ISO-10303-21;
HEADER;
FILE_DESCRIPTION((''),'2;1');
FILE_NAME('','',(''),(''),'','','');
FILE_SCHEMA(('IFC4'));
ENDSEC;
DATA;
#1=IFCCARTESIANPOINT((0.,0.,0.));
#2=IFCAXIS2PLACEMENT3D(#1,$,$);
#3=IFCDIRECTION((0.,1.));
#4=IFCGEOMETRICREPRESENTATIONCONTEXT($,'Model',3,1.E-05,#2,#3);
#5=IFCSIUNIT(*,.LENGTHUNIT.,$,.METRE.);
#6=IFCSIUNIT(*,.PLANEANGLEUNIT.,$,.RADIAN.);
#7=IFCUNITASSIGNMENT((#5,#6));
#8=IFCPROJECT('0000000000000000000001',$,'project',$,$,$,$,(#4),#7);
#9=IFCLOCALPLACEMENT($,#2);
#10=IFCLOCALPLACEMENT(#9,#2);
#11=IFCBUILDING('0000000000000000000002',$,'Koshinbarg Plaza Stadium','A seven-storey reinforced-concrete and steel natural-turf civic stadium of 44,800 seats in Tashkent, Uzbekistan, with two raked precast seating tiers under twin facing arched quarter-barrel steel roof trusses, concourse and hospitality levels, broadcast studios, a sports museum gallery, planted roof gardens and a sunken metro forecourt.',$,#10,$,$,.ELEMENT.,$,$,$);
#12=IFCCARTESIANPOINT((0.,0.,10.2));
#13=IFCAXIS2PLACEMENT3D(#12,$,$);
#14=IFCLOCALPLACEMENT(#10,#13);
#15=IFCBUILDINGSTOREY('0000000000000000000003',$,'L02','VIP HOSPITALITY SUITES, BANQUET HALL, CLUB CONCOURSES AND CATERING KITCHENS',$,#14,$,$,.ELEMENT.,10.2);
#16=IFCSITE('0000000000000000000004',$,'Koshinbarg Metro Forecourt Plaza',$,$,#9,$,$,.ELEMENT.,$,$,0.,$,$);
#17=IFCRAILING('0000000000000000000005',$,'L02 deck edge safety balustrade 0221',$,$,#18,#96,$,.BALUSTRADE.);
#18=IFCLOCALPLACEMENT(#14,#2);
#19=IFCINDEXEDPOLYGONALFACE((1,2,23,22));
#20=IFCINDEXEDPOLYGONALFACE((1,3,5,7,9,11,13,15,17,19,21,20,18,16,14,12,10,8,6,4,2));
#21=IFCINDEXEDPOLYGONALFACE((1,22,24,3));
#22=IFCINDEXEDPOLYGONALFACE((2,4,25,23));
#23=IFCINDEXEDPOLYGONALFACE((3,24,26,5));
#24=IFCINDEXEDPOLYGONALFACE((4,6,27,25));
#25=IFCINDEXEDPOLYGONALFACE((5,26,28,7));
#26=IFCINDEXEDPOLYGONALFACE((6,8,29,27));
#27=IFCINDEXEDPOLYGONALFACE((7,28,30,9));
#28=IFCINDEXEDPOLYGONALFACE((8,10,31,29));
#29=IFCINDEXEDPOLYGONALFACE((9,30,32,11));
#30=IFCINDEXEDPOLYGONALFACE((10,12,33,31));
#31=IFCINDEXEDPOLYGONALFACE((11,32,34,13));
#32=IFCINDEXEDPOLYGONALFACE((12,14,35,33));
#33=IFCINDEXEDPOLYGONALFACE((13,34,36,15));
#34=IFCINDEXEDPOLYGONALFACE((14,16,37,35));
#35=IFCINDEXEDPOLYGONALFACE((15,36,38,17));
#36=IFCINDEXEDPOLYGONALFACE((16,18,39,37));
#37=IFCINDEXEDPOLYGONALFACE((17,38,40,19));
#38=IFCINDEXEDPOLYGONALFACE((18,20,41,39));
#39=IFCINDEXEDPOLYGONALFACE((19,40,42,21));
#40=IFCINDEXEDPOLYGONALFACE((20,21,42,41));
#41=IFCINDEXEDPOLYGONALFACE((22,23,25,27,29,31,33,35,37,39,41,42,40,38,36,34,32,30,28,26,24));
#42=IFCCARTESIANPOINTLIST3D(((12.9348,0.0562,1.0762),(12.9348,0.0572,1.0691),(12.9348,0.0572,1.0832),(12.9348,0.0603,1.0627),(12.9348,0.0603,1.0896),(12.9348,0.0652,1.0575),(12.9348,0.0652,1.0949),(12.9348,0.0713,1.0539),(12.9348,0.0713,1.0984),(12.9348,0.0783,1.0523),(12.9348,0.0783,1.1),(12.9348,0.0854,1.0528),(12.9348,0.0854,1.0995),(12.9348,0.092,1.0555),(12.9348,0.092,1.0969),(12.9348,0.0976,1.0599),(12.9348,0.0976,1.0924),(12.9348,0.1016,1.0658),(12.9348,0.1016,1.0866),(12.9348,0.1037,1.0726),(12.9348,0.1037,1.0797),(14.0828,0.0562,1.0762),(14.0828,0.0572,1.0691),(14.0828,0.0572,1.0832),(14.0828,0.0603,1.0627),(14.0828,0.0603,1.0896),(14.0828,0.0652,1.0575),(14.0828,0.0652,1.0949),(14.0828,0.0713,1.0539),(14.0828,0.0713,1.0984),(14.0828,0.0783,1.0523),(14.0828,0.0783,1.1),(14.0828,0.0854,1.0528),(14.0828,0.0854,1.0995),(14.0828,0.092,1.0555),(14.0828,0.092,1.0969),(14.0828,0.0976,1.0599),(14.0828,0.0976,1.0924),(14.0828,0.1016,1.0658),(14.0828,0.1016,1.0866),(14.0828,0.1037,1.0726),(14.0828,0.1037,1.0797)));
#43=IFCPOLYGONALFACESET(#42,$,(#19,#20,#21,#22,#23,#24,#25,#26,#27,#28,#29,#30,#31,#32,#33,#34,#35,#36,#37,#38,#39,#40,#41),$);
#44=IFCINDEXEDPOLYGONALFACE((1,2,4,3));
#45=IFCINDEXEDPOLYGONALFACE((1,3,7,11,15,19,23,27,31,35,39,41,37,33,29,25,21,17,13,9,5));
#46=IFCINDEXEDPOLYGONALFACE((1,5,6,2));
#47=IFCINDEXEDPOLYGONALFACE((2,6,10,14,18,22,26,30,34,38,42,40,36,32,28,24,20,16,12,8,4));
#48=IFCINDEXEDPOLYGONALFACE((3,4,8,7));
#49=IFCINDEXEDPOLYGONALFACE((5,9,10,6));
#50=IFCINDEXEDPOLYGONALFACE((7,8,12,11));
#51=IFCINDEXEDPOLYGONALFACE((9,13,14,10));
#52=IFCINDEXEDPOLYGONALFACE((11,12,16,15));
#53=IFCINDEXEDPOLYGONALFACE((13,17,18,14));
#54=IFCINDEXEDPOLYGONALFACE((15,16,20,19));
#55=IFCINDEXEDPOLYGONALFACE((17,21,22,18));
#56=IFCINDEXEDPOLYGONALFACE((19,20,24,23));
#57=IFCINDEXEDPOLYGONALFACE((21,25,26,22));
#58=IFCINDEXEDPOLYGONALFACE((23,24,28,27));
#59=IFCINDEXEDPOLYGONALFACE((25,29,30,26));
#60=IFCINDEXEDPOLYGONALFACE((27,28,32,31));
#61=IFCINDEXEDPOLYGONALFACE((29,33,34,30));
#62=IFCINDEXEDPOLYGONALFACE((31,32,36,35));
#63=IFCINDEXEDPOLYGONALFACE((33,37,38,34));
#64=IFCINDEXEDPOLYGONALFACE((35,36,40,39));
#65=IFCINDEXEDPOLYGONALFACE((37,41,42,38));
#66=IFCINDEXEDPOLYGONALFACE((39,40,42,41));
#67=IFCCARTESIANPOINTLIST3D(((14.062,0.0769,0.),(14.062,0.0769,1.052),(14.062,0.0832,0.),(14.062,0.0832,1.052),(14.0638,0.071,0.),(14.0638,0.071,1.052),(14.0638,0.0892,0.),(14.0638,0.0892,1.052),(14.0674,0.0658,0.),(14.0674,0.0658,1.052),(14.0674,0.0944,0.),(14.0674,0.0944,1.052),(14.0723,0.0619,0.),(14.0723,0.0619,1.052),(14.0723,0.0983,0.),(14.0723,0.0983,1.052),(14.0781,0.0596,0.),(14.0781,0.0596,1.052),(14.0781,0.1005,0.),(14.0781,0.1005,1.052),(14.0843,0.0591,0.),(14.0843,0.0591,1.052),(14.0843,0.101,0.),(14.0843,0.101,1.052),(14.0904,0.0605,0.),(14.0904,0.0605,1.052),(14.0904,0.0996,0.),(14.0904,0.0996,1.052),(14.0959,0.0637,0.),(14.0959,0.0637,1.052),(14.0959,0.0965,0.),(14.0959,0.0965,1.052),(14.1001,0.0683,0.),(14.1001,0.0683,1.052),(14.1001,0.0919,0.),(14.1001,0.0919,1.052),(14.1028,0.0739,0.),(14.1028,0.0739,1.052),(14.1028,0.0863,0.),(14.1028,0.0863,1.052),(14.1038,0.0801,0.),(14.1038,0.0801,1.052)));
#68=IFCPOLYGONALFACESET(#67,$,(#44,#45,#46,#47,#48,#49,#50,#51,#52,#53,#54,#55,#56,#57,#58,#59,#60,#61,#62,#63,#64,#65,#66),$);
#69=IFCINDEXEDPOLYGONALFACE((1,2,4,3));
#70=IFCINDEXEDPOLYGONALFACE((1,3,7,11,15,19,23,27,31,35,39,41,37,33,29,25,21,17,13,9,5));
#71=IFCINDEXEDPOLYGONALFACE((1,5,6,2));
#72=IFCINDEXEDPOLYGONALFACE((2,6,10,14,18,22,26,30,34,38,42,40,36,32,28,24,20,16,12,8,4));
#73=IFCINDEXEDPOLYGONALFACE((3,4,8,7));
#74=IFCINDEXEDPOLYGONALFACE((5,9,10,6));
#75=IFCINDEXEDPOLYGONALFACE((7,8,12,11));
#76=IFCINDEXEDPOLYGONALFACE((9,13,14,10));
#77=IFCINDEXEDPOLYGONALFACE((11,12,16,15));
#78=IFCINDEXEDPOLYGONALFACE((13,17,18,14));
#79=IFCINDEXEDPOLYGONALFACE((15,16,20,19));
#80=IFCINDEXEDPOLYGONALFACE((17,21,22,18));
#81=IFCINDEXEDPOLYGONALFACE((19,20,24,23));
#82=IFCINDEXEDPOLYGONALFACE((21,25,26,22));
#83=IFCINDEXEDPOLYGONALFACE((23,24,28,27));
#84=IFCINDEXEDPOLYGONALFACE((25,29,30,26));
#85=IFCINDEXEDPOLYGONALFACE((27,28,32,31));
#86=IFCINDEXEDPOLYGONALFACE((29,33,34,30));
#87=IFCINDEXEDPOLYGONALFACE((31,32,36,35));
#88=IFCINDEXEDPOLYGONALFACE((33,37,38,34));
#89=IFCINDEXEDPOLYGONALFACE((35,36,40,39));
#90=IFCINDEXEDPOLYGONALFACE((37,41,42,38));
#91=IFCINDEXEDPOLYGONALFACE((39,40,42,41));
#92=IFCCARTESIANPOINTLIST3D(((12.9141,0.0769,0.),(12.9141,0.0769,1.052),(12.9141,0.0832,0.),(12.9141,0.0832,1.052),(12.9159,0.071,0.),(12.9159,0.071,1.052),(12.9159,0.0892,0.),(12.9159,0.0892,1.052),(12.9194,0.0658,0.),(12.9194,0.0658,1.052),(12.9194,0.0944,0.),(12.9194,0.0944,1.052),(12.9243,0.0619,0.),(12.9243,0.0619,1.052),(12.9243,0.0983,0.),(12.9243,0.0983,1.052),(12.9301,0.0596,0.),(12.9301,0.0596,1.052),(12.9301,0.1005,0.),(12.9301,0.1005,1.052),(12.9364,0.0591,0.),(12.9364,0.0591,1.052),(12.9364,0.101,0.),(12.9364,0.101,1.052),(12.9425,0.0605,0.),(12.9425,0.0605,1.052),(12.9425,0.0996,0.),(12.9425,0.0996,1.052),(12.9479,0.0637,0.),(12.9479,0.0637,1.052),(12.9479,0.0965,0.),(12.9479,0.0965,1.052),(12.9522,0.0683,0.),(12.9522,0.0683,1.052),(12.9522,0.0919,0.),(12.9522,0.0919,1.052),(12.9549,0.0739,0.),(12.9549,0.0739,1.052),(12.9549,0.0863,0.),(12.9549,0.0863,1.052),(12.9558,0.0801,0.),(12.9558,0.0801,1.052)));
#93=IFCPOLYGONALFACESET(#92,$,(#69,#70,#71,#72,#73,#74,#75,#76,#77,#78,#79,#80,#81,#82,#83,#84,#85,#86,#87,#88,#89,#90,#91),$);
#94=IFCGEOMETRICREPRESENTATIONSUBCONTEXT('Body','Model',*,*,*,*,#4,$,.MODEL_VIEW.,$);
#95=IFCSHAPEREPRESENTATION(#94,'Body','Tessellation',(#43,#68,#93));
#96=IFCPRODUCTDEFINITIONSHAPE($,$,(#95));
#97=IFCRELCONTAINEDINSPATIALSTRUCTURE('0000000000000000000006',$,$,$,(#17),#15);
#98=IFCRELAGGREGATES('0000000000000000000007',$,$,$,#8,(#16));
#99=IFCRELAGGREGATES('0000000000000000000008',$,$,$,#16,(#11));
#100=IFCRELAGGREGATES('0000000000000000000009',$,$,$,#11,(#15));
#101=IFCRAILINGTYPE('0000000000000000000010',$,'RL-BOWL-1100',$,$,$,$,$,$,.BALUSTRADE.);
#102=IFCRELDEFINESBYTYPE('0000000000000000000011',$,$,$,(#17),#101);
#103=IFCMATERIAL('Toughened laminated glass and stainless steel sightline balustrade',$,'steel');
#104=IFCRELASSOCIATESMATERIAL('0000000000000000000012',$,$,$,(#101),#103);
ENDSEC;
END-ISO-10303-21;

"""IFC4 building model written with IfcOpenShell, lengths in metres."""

from ifc_helpers import new_model, si_unit, direction, frame, origin, origin_2d, place, context, subcontext, project, spatial, circle, extrude, material, type_object, element, save


model = new_model("IFC4")

# Units and contexts
model_context = context("Model", 3, precision=1e-05, world=origin(), true_north=direction((0.0, 1.0)))
body_context = subcontext(model_context, "Body", "Model", "MODEL_VIEW")
ifc_project = project(units=[si_unit("LENGTHUNIT", "METRE"), si_unit("PLANEANGLEUNIT", "RADIAN")], contexts=[model_context])

# Site, building, storey
site_placement = place(None, origin())
site = spatial("IfcSite", under=ifc_project, at=site_placement, Name="Koshinbarg Metro Forecourt Plaza", CompositionType="ELEMENT", RefElevation=0.0)
building_placement = place(site_placement, origin())
building = spatial("IfcBuilding", under=site, at=building_placement, Name="Koshinbarg Plaza Stadium", Description="A seven-storey reinforced-concrete and steel natural-turf civic stadium of 44,800 seats in Tashkent, Uzbekistan, with two raked precast seating tiers under twin facing arched quarter-barrel steel roof trusses, concourse and hospitality levels, broadcast studios, a sports museum gallery, planted roof gardens and a sunken metro forecourt.", CompositionType="ELEMENT")
storey_placement = place(building_placement, frame((0.0, 0.0, 10.2)))
storey = spatial("IfcBuildingStorey", under=building, at=storey_placement, Name="L02", Description="VIP HOSPITALITY SUITES, BANQUET HALL, CLUB CONCOURSES AND CATERING KITCHENS", CompositionType="ELEMENT", Elevation=10.2)

# Railing
ifc_material_1 = material(Name="Toughened laminated glass and stainless steel sightline balustrade", Category="steel")
railing_type = type_object("IfcRailingType", Name="RL-BOWL-1100", PredefinedType="BALUSTRADE", material=ifc_material_1)
railing_1_placement = place(storey_placement, frame((14.0828, 0.0801, 0.0)))
element("IfcRailing", 1, at=railing_1_placement, inside=storey, type_object=railing_type, Name="L02 deck edge safety balustrade 0221", PredefinedType="BALUSTRADE", context=body_context, shape_type="SweptSolid", body=[
    extrude(circle(Radius=0.0239, at=origin_2d()), frame((0.0, 0.0, 1.0762), z_axis=(-1.0, 0.0, 0.0), x_axis=(0.0, -1.0, 0.0)), (0.0, 0.0, 1.0), 1.1479),
    extrude(circle(Radius=0.021, at=origin_2d()), origin(), (0.0, 0.0, 1.0), 1.052),
    extrude(circle(Radius=0.021, at=origin_2d()), frame((-1.1479, 0.0, 0.0)), (0.0, 0.0, 1.0), 1.052),
])

save(model, "model.ifc")
